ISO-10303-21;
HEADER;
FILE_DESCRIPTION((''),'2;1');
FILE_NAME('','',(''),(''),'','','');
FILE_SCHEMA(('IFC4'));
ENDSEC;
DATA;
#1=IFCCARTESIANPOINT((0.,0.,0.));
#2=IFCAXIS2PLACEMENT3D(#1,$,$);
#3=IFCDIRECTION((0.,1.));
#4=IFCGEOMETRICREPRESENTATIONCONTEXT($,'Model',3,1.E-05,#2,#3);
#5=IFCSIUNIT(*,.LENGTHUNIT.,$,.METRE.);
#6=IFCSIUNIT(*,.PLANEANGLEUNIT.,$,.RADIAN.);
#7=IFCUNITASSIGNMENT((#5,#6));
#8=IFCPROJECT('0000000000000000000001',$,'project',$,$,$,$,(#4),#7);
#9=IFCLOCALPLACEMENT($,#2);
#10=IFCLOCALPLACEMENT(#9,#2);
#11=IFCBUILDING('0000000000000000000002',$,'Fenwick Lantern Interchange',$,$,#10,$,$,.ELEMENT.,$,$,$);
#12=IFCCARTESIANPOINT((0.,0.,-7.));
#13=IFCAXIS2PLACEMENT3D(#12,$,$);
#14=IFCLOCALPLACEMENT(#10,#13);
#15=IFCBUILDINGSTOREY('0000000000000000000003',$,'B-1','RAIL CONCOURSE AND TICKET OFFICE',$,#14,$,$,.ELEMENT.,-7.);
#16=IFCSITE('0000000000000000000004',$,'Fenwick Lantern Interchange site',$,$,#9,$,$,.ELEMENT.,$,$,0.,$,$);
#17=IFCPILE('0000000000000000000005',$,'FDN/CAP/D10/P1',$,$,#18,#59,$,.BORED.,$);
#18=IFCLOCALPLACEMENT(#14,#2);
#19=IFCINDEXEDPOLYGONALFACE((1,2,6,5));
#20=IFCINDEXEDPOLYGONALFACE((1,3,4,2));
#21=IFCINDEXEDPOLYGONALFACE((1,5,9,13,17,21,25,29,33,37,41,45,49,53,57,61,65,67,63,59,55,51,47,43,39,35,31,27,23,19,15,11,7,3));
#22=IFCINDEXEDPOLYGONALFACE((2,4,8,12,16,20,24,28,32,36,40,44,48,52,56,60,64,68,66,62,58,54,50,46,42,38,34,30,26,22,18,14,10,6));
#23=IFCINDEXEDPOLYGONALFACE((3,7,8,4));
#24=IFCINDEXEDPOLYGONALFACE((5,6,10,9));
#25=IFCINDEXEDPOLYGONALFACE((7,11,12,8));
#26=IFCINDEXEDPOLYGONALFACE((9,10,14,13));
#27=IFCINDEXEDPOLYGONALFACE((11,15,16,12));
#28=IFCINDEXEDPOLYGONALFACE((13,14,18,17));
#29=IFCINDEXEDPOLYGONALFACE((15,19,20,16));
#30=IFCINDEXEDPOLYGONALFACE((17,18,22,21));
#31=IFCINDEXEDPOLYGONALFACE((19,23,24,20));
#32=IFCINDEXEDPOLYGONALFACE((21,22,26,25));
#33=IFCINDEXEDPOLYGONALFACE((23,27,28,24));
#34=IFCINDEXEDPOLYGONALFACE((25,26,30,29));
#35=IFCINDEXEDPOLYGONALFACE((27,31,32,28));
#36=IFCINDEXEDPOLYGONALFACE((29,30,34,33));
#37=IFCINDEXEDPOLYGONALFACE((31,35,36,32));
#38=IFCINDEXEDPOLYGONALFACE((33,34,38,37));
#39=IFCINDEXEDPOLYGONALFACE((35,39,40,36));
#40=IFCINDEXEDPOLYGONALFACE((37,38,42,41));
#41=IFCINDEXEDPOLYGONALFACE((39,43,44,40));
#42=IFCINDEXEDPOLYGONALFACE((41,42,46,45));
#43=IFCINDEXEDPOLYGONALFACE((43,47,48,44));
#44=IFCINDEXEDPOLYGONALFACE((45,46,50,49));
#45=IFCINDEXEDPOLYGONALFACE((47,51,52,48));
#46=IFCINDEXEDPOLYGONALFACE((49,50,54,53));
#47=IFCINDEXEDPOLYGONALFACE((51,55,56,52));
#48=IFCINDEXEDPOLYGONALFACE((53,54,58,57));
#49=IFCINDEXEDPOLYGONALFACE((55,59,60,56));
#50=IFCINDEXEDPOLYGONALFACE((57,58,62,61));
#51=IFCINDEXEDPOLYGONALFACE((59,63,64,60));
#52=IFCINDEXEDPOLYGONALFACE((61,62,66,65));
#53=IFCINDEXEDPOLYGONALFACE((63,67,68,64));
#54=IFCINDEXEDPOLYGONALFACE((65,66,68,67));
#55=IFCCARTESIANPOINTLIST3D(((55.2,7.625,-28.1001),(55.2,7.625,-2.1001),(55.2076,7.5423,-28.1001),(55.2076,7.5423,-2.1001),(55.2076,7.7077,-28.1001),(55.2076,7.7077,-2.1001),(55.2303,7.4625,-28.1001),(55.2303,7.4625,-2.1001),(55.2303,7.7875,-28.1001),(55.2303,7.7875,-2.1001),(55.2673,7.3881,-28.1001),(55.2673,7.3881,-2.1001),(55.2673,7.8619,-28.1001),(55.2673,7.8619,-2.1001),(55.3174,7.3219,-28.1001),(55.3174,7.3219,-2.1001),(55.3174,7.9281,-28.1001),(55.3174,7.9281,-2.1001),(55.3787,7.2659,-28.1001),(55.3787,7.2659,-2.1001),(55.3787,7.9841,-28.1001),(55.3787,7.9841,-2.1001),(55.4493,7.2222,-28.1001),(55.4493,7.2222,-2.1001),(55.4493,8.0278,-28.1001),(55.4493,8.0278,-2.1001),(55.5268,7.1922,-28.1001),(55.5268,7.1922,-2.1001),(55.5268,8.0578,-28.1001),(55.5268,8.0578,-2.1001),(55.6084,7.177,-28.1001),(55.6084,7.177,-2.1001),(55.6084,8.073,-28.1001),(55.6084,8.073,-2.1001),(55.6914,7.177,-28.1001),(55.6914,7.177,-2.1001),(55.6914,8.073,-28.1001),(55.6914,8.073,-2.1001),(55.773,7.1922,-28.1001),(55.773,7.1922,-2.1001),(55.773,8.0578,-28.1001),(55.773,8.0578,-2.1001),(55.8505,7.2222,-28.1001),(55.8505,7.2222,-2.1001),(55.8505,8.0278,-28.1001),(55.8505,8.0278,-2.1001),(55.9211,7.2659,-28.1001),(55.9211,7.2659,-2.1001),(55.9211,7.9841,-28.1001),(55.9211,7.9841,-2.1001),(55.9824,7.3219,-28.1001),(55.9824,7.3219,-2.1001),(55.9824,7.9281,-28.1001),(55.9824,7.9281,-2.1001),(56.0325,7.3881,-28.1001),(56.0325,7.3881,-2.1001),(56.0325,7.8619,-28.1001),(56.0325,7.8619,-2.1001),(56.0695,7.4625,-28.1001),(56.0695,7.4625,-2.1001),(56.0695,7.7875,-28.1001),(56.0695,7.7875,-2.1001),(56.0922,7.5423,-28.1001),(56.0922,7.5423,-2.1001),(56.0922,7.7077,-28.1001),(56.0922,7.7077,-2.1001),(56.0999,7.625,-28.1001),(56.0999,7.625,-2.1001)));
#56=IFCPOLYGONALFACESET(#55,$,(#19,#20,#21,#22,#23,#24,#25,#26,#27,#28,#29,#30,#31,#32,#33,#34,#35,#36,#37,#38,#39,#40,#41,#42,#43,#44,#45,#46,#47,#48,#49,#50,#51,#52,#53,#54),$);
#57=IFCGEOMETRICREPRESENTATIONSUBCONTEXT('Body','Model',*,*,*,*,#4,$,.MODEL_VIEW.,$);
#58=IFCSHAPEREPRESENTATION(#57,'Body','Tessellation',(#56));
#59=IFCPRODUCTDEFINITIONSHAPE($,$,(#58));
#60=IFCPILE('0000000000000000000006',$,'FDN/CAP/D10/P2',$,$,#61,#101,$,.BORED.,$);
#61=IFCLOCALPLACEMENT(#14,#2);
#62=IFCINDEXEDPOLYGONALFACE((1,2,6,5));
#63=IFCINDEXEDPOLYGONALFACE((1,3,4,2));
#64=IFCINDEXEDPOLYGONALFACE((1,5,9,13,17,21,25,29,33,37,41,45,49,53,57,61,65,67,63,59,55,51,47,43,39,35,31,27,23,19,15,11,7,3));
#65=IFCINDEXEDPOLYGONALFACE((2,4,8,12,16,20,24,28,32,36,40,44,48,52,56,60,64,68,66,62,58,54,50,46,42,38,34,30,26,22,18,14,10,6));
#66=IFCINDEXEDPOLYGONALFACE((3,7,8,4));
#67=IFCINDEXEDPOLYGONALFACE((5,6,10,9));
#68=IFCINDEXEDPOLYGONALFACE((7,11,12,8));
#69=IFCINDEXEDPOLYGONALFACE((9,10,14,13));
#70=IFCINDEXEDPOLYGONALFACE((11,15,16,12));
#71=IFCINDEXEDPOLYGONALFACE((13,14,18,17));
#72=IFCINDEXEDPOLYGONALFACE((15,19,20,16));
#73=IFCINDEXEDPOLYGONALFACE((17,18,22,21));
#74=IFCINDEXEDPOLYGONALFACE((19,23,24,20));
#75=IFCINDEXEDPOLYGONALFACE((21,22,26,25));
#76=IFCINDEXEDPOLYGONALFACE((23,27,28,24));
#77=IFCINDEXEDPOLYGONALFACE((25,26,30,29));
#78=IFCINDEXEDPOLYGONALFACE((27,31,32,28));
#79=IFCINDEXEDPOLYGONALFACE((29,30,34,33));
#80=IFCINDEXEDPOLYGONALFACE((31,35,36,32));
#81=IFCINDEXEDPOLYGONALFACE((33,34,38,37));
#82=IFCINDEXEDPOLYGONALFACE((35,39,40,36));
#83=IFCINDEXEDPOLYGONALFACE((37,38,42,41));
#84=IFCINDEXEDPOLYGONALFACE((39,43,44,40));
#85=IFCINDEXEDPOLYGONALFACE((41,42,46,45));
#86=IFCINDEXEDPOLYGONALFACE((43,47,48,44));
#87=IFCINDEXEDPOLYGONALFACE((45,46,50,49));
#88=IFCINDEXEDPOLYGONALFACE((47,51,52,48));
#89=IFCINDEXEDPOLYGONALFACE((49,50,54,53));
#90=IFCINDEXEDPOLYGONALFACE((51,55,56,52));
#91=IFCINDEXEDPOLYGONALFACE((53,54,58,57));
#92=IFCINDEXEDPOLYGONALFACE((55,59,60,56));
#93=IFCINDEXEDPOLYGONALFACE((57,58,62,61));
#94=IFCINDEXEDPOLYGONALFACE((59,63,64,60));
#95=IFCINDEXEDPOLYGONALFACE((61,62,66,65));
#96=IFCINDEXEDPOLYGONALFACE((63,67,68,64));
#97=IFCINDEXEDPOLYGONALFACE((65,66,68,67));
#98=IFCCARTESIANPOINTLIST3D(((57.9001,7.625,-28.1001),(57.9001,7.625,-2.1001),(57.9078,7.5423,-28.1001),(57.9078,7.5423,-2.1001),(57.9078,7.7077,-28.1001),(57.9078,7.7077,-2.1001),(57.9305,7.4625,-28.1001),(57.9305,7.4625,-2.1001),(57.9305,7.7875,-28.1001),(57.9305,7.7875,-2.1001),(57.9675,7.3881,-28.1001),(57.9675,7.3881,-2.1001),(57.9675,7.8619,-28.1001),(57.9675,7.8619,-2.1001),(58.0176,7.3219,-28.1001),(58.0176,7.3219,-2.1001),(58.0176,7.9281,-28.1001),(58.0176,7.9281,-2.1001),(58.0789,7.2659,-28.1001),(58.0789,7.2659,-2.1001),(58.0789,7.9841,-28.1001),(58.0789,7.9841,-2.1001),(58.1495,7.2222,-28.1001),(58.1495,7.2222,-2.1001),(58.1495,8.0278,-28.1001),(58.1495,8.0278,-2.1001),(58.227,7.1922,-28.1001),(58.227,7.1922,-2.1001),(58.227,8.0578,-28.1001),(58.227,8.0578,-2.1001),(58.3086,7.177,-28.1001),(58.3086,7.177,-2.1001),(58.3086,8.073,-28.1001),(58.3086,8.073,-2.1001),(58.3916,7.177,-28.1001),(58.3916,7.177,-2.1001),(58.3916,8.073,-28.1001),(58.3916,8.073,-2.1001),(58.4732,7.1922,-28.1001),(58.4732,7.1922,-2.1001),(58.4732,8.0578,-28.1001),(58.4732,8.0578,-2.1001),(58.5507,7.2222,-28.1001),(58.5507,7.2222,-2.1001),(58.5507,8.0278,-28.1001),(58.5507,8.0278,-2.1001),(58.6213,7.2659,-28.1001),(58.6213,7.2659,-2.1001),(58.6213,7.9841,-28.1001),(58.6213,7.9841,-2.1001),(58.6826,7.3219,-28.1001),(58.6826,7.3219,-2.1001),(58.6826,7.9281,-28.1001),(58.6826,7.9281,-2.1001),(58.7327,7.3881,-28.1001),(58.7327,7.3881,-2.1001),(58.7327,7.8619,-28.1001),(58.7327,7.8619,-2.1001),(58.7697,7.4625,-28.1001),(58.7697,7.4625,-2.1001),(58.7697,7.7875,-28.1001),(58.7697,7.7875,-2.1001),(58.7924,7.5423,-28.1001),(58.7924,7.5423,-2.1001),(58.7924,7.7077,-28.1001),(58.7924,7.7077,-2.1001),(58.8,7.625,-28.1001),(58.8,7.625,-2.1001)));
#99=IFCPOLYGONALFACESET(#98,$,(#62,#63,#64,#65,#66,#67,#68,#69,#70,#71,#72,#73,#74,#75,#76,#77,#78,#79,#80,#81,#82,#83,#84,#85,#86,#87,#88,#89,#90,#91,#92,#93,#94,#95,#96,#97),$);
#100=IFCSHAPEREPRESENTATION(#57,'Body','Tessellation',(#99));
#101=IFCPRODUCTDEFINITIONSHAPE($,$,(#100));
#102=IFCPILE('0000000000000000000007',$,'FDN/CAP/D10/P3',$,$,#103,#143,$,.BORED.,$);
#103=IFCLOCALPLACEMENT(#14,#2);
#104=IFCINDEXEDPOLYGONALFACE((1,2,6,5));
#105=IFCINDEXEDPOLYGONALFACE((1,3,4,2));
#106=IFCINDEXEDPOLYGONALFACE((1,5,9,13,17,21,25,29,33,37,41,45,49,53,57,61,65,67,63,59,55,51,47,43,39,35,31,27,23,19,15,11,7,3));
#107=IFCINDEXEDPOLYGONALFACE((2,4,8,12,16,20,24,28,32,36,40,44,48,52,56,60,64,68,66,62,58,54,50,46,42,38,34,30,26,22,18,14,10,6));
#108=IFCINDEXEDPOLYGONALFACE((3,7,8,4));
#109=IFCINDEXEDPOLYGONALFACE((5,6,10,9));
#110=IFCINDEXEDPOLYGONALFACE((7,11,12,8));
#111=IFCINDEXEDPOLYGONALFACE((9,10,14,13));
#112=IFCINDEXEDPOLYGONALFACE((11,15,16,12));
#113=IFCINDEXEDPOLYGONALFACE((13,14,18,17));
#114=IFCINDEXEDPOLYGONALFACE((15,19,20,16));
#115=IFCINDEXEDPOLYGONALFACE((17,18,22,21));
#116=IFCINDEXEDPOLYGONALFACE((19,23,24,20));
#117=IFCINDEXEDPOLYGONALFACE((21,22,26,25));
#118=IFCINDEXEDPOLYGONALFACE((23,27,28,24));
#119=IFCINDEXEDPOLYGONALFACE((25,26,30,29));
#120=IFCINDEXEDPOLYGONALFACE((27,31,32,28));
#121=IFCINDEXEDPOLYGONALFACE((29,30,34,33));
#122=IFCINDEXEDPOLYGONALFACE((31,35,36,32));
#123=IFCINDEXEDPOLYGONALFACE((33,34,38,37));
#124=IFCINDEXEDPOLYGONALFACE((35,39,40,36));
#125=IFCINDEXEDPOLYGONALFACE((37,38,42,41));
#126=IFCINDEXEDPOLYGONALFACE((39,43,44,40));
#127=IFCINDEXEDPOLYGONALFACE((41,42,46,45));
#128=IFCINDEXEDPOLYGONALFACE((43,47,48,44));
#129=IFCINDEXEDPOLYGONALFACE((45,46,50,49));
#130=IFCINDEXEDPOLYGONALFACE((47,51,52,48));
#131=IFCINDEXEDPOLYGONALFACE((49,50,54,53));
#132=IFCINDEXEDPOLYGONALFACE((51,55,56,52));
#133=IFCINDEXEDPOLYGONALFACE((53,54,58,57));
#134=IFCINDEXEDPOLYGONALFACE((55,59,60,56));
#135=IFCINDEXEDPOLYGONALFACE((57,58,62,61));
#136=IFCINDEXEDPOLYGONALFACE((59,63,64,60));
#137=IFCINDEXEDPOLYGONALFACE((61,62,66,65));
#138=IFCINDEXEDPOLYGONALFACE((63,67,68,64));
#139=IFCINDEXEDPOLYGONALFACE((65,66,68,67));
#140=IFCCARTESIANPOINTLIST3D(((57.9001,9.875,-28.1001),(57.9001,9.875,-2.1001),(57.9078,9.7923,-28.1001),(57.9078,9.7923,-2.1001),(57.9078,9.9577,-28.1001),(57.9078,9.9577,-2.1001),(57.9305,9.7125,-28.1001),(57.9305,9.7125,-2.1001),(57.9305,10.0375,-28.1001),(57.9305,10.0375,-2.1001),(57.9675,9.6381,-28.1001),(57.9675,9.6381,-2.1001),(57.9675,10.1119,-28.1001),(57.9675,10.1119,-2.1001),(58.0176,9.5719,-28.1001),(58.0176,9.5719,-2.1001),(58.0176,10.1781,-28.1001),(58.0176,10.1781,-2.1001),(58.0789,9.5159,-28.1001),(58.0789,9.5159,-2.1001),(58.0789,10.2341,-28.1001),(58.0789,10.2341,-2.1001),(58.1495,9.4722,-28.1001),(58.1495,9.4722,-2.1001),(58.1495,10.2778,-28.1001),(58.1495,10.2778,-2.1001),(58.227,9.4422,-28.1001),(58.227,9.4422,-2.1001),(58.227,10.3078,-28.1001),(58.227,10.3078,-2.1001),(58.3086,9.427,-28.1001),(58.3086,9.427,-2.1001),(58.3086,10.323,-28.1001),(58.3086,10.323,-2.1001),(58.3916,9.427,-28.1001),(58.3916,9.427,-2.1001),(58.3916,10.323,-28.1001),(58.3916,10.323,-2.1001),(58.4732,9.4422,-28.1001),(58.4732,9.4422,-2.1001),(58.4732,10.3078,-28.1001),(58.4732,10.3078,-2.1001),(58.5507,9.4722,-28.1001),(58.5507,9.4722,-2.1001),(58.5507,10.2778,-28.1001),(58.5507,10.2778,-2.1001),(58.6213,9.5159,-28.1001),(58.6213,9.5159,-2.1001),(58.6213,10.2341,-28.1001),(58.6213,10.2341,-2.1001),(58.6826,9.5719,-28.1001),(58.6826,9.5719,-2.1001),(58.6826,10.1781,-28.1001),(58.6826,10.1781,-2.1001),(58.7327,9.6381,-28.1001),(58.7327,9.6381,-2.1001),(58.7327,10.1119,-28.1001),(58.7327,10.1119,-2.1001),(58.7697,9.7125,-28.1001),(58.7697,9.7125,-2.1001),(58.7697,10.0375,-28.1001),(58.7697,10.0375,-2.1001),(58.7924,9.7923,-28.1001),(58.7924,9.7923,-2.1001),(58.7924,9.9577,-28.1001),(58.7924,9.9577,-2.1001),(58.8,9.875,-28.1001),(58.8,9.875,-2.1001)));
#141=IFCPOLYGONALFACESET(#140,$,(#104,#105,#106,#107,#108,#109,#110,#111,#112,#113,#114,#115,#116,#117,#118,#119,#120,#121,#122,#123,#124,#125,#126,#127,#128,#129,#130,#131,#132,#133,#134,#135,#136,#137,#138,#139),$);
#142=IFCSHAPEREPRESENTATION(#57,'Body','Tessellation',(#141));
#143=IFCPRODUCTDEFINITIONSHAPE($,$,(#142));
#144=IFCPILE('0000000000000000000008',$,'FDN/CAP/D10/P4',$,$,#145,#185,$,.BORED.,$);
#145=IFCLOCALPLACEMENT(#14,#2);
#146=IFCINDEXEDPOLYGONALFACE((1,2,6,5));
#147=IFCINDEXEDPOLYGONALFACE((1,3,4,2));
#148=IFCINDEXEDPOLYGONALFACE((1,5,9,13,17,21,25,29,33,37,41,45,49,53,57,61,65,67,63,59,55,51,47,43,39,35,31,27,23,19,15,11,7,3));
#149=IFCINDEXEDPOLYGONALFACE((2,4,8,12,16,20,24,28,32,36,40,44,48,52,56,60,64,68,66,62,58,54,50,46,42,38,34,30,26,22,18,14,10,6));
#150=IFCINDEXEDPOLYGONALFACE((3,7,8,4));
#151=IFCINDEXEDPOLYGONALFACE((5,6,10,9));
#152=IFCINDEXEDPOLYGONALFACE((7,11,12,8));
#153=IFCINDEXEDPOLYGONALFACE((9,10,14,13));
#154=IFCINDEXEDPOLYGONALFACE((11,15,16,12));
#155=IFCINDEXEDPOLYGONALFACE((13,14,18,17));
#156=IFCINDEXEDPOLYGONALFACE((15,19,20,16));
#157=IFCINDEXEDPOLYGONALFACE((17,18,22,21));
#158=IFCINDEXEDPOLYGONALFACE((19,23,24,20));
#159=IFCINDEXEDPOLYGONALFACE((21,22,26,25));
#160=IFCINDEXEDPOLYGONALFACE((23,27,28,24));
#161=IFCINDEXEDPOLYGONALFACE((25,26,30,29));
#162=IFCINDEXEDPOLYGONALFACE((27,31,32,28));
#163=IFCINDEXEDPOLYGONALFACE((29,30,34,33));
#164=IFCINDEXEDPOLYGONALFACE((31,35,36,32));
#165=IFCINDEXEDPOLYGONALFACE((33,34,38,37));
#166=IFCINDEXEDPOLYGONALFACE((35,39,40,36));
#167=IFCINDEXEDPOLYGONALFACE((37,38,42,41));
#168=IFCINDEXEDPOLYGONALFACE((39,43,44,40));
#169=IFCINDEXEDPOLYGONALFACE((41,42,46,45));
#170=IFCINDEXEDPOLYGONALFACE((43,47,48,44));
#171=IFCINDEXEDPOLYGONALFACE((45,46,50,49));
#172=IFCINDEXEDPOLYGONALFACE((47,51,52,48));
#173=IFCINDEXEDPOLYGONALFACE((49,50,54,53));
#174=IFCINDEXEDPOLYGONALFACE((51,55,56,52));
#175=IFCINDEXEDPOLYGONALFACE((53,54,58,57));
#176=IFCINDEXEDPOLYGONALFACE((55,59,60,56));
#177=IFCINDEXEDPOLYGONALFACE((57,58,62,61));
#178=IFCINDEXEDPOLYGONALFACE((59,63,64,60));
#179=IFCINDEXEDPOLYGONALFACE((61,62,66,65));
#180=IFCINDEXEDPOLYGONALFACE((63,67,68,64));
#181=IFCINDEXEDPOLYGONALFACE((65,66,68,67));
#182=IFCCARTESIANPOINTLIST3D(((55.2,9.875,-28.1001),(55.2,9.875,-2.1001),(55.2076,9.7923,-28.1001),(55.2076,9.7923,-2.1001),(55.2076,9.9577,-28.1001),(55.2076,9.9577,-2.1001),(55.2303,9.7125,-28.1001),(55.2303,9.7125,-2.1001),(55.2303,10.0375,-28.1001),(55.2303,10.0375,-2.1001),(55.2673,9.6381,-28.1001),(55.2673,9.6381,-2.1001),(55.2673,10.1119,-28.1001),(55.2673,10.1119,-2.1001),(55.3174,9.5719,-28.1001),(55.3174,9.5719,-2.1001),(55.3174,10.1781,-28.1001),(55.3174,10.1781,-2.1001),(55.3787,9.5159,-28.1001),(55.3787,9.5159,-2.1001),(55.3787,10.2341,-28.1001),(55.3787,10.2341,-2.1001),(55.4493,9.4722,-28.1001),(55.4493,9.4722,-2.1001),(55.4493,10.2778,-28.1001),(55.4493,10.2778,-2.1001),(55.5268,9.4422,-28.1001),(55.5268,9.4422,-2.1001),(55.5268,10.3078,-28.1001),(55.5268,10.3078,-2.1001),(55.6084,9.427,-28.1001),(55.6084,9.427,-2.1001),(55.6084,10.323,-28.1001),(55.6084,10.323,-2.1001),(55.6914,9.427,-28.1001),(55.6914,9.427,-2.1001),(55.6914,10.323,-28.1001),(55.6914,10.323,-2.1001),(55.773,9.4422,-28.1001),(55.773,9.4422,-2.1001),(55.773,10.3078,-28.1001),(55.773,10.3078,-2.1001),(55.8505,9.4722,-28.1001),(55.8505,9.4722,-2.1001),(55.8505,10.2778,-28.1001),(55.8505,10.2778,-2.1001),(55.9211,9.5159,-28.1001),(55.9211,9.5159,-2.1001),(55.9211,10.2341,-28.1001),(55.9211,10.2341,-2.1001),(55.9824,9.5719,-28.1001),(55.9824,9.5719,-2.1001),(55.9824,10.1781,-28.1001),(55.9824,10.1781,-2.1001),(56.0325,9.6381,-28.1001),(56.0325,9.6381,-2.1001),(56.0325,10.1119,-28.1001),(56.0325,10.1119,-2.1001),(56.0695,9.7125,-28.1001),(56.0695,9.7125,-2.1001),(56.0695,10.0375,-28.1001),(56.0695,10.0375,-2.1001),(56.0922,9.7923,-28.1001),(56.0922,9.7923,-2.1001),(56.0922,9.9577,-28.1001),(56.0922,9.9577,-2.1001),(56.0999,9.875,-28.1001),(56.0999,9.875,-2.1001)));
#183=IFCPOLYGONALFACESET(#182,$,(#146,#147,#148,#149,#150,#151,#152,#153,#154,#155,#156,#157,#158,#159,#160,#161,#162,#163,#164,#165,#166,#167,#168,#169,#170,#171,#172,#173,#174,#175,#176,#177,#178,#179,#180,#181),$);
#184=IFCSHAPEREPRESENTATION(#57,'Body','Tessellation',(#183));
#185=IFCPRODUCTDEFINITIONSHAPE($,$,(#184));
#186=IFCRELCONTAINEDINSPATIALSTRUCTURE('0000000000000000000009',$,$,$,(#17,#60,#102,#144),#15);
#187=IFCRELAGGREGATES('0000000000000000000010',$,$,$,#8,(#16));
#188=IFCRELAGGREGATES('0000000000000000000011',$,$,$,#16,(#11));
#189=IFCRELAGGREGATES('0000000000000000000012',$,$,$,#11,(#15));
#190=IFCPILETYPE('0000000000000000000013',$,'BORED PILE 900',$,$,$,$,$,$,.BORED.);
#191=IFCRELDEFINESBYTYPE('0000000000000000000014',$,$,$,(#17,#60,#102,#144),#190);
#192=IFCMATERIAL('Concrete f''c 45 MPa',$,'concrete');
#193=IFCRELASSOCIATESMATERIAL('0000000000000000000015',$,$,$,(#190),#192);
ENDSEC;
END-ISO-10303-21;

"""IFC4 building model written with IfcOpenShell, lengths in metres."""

from ifc_helpers import new_model, si_unit, direction, frame, origin, origin_2d, place, context, subcontext, project, spatial, circle, extrude, material, type_object, element, save


model = new_model("IFC4")

# Units and contexts
model_context = context("Model", 3, precision=1e-05, world=origin(), true_north=direction((0.0, 1.0)))
body_context = subcontext(model_context, "Body", "Model", "MODEL_VIEW")
ifc_project = project(units=[si_unit("LENGTHUNIT", "METRE"), si_unit("PLANEANGLEUNIT", "RADIAN")], contexts=[model_context])

# Site, building, storey
site_placement = place(None, origin())
site = spatial("IfcSite", under=ifc_project, at=site_placement, Name="Fenwick Lantern Interchange site", CompositionType="ELEMENT", RefElevation=0.0)
building_placement = place(site_placement, origin())
building = spatial("IfcBuilding", under=site, at=building_placement, Name="Fenwick Lantern Interchange", CompositionType="ELEMENT")
storey_placement = place(building_placement, frame((0.0, 0.0, -7.0)))
storey = spatial("IfcBuildingStorey", under=building, at=storey_placement, Name="B-1", Description="RAIL CONCOURSE AND TICKET OFFICE", CompositionType="ELEMENT", Elevation=-7.0)

# Piles
ifc_material_1 = material(Name="Concrete f'c 45 MPa", Category="concrete")
pile_type_1 = type_object("IfcPileType", Name="BORED PILE 900", PredefinedType="BORED", material=ifc_material_1)
for number, where, z_axis, x_axis, name in (
    (1, (55.6499, 7.625, -2.1001), (0.0, 0.0, -1.0), (1.0, 0.0, 0.0), "FDN/CAP/D10/P1"),
    (2, (58.3501, 7.625, -2.1001), (0.0, 0.0, -1.0), (1.0, 0.0, 0.0), "FDN/CAP/D10/P2"),
    (3, (58.3501, 9.875, -2.1001), (0.0, 0.0, -1.0), (1.0, 0.0, 0.0), "FDN/CAP/D10/P3"),
    (4, (55.6499, 9.875, -2.1001), (0.0, 0.0, -1.0), (1.0, 0.0, 0.0), "FDN/CAP/D10/P4"),
):
    element("IfcPile", number, at=place(storey_placement, frame(where, z_axis=z_axis, x_axis=x_axis)), inside=storey, type_object=pile_type_1, Name=name, PredefinedType="BORED", context=body_context, shape_type="SweptSolid", body=[
        extrude(circle(Radius=0.45, at=origin_2d()), origin(), (0.0, 0.0, 1.0), 26.0),
    ])

save(model, "model.ifc")
